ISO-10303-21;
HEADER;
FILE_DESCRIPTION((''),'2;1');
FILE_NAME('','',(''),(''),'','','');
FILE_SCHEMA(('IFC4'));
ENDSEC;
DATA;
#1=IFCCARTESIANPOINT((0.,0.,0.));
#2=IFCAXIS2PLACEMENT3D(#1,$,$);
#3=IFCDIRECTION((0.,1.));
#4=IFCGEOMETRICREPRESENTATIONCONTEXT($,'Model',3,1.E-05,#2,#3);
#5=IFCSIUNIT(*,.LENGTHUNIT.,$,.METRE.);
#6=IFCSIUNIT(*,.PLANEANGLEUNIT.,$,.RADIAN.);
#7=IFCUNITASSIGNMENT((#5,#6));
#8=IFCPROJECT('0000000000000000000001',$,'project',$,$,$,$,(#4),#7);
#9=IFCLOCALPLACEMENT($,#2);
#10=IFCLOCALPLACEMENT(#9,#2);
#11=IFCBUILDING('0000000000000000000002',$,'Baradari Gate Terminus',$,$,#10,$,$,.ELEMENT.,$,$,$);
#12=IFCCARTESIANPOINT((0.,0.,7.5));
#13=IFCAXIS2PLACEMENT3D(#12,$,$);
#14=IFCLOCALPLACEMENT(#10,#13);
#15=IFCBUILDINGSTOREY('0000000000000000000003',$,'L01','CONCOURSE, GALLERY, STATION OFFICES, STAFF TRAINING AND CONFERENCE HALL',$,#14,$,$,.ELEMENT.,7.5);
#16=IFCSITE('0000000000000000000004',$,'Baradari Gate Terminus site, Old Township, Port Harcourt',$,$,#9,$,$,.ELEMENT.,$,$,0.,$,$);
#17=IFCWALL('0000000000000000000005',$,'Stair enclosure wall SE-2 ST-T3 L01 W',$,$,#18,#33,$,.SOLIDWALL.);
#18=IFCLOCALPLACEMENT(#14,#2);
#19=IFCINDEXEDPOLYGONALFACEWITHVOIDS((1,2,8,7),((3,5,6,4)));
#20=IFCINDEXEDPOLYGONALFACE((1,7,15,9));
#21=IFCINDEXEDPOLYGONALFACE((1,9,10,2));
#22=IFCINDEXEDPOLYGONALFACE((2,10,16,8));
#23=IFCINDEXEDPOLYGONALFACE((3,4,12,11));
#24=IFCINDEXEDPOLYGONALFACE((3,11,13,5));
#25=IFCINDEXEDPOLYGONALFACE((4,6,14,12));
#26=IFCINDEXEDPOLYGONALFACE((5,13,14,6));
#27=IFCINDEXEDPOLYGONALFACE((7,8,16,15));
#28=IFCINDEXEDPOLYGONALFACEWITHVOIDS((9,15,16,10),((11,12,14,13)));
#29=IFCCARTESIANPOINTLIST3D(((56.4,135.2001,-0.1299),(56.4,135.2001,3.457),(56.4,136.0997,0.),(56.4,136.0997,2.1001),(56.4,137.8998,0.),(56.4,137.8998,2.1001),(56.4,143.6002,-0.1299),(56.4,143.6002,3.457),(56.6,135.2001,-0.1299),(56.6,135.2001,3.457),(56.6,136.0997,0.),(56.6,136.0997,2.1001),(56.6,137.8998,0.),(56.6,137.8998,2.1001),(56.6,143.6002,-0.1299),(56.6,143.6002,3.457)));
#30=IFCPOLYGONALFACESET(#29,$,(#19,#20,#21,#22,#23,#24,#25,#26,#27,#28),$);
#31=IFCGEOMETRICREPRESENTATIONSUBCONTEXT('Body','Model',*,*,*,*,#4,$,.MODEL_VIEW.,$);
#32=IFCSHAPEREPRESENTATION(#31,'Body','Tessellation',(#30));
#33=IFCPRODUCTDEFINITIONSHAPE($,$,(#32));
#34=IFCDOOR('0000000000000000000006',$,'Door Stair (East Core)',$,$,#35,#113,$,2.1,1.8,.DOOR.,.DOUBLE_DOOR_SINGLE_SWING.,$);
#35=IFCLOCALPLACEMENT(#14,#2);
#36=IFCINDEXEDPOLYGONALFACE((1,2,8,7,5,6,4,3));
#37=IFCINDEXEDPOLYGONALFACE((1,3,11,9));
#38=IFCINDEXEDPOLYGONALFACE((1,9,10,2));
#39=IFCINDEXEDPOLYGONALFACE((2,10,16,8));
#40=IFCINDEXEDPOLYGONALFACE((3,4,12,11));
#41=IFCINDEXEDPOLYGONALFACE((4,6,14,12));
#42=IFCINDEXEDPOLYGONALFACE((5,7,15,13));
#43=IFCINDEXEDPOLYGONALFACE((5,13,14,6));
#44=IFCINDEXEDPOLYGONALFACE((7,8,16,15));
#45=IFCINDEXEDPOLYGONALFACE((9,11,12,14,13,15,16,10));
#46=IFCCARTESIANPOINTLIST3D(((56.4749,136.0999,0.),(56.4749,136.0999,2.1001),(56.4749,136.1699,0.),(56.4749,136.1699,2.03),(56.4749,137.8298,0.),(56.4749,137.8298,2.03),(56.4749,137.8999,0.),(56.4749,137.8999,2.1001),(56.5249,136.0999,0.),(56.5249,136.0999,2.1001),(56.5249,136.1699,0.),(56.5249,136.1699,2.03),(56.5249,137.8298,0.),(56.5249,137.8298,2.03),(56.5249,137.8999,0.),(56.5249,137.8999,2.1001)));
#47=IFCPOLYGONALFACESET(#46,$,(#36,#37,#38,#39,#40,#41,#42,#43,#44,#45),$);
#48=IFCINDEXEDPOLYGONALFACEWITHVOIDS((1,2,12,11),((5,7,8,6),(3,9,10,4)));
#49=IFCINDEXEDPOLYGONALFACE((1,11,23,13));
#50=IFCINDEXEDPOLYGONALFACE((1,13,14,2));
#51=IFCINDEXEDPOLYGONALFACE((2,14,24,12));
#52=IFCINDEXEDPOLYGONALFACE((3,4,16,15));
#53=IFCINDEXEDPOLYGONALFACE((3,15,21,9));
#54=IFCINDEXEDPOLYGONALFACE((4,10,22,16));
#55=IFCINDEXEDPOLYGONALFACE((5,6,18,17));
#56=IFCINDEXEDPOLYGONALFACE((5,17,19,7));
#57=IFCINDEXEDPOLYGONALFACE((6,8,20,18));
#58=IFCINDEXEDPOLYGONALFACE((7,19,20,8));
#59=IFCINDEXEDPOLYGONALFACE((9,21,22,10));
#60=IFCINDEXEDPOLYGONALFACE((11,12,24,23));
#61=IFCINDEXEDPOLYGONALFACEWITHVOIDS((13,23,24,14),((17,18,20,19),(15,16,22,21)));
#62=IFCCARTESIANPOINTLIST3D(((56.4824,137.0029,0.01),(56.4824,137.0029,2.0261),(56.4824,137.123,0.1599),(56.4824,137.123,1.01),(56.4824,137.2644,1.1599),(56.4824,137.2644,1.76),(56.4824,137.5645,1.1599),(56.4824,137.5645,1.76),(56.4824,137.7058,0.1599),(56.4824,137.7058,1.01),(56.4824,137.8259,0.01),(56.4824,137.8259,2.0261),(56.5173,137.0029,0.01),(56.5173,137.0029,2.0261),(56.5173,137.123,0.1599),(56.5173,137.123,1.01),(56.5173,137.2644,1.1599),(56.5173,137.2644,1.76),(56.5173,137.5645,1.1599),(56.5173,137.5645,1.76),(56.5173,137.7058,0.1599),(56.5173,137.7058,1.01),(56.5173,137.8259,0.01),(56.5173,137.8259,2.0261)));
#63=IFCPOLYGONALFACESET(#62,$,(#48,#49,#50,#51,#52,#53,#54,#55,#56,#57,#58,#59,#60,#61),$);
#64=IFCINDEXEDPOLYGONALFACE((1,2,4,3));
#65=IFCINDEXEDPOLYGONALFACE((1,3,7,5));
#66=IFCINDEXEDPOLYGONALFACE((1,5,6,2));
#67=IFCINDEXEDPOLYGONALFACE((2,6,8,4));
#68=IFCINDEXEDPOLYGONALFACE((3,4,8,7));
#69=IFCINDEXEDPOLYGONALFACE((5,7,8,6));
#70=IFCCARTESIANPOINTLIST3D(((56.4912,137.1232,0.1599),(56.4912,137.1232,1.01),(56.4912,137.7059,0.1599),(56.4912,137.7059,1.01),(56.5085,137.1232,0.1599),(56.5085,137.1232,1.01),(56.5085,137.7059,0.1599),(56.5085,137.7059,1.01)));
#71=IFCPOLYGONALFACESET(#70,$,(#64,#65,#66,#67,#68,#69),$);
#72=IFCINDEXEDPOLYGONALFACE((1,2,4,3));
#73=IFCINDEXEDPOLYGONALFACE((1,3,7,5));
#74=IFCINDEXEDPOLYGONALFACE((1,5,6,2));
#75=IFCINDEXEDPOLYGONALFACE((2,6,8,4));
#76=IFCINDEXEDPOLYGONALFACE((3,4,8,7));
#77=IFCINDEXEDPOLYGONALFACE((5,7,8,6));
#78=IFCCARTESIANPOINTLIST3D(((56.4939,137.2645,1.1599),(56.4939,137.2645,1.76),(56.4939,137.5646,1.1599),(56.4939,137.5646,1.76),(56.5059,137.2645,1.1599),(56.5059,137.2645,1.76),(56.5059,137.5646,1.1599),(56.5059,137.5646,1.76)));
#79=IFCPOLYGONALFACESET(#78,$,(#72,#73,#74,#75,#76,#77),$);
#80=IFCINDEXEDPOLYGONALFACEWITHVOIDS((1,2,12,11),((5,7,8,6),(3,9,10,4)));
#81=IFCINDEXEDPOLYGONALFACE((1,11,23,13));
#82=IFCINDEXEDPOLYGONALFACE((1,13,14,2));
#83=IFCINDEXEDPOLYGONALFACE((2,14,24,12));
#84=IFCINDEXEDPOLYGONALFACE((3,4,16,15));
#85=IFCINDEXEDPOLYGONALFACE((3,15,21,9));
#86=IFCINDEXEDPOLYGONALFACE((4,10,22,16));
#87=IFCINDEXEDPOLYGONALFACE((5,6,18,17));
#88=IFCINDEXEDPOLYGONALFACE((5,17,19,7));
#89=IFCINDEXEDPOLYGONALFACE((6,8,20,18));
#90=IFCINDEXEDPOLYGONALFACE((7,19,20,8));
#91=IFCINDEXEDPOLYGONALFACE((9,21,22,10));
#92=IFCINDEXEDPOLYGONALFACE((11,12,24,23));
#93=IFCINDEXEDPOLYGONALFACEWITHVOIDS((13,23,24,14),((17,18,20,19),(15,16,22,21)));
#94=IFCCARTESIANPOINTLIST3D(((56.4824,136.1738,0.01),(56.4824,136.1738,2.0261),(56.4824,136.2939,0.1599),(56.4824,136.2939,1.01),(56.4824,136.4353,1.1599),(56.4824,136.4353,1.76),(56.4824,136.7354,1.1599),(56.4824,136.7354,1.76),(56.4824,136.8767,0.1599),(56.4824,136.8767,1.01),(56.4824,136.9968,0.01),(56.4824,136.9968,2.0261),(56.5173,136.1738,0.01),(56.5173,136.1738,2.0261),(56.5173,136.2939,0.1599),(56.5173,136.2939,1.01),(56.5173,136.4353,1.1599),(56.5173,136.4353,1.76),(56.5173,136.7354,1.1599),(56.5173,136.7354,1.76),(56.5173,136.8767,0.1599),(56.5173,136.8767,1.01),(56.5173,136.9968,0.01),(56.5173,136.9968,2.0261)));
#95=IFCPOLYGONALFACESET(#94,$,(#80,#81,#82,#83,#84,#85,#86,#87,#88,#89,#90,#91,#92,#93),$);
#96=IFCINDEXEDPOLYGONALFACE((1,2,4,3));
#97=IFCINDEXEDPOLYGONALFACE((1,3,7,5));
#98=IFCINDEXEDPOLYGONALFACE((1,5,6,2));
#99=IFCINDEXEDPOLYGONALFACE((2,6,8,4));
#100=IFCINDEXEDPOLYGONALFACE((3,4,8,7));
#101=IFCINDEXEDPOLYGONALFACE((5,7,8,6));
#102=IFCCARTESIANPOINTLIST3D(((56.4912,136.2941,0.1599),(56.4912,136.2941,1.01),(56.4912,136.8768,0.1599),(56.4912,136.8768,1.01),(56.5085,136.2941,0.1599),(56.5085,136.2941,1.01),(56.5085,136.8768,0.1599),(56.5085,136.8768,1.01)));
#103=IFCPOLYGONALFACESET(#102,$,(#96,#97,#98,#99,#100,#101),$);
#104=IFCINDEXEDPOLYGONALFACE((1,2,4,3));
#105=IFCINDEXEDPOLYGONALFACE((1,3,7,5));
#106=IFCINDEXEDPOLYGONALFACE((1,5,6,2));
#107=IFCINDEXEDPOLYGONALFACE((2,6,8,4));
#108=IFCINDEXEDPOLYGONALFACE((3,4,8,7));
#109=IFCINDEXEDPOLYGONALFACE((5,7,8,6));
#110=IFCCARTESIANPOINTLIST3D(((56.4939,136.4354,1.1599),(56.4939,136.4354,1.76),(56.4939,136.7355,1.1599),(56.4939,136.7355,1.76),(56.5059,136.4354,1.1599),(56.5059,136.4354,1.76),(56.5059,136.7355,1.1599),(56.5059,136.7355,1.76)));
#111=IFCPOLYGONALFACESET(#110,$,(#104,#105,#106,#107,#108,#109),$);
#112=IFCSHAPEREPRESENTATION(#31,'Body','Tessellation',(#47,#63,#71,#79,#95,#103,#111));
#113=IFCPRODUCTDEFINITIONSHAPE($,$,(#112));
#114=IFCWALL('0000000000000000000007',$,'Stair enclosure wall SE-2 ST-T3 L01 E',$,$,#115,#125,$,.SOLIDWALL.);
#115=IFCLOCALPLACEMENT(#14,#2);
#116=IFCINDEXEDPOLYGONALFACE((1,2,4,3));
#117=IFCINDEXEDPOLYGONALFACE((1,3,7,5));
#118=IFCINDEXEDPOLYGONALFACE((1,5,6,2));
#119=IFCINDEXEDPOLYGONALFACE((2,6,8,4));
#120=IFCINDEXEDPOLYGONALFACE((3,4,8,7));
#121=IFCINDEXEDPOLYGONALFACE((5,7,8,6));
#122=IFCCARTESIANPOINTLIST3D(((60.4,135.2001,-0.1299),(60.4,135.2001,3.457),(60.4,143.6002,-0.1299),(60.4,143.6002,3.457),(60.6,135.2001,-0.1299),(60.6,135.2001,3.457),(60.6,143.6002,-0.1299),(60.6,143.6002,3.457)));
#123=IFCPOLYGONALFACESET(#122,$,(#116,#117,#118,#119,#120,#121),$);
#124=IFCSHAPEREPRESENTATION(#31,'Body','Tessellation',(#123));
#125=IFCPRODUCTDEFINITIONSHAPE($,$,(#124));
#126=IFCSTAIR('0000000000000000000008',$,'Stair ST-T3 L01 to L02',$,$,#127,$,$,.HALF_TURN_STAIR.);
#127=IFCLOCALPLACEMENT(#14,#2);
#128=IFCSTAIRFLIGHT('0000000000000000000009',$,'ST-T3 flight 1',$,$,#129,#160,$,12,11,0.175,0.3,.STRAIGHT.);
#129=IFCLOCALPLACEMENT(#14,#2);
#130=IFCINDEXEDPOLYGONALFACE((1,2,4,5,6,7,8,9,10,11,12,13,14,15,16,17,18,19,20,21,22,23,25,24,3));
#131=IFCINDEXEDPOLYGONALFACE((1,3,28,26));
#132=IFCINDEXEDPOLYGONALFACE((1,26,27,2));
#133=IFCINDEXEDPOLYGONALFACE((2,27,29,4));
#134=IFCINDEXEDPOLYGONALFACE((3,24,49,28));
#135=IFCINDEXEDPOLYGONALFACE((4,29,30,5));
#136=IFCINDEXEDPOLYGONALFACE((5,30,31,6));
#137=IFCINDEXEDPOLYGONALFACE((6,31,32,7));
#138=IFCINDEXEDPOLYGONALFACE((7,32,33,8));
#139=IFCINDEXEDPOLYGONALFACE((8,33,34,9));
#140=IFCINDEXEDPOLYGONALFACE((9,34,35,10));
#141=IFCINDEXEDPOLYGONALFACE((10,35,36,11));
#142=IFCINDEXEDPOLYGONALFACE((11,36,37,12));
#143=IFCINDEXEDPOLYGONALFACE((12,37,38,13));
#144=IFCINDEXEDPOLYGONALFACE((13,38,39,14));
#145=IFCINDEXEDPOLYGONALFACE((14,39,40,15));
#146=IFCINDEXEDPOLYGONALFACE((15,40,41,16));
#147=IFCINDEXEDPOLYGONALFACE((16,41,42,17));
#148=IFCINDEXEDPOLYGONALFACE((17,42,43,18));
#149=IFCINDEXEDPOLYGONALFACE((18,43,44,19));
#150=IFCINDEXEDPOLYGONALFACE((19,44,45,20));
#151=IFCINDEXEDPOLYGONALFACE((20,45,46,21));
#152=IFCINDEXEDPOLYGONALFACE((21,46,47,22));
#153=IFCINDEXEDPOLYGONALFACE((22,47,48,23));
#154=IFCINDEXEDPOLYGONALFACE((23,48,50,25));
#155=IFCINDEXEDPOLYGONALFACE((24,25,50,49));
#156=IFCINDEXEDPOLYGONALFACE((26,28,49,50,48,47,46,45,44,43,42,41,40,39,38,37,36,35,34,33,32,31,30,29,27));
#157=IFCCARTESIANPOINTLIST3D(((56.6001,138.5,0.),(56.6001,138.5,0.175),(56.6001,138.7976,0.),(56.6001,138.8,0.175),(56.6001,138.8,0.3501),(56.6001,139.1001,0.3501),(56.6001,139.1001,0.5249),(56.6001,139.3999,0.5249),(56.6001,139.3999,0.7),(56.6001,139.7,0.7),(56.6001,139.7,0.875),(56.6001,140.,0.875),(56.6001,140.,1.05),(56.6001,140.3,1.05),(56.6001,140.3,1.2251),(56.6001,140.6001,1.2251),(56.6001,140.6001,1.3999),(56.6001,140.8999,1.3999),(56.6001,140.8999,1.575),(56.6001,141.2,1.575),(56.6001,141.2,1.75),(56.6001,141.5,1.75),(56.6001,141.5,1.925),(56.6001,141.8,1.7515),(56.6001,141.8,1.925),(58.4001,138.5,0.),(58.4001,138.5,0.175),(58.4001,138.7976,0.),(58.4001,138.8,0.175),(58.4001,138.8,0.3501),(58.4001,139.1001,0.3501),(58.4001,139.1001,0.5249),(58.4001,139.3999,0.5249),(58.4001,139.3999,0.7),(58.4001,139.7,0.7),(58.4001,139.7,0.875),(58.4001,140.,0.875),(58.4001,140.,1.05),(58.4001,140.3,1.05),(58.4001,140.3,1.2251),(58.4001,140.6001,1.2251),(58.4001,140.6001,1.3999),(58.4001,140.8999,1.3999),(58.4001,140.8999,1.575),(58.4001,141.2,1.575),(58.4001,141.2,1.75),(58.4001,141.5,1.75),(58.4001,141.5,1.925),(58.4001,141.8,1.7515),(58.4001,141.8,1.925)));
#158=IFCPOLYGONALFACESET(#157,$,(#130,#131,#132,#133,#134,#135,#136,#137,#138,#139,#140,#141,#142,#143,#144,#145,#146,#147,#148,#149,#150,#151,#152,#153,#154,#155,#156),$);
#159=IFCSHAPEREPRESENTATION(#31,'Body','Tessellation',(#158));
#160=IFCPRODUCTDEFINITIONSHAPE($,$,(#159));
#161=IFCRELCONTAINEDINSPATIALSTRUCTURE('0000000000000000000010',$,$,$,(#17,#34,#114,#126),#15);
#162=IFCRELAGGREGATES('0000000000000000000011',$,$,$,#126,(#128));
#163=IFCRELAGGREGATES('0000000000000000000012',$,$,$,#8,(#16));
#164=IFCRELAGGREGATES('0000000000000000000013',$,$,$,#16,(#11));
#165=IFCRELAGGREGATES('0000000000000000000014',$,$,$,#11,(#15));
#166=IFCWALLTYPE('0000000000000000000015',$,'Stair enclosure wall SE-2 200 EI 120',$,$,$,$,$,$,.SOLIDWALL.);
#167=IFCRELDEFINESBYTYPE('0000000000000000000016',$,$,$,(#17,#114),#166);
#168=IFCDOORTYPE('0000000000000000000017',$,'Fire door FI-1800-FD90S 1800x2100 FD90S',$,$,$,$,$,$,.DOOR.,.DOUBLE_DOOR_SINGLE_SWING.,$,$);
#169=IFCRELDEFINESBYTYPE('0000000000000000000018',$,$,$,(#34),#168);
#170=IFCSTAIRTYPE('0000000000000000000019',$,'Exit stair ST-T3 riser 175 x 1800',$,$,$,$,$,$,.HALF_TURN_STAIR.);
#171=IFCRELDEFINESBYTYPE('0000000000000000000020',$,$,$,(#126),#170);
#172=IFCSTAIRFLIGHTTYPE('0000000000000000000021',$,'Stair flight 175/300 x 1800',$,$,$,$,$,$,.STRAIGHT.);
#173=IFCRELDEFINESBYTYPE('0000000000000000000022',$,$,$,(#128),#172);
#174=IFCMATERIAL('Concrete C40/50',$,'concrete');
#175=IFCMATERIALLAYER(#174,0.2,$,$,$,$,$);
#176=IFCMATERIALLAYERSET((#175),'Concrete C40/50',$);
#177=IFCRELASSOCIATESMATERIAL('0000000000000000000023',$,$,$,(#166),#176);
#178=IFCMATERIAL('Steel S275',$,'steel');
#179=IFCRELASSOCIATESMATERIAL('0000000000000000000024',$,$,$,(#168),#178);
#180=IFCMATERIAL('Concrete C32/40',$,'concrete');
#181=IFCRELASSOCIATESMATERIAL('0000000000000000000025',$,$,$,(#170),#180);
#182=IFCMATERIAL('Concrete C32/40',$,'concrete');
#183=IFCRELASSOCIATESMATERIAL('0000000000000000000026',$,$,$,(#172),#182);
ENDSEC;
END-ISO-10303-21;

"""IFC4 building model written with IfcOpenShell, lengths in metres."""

from ifc_helpers import new_model, si_unit, direction, frame, frame_2d, origin, place, context, subcontext, project, spatial, polyline, rectangle, outline, extrude, material, layer, layer_set, type_object, element, fill, aggregate, save


model = new_model("IFC4")

# Units and contexts
model_context = context("Model", 3, precision=1e-05, world=origin(), true_north=direction((0.0, 1.0)))
body_context = subcontext(model_context, "Body", "Model", "MODEL_VIEW")
ifc_project = project(units=[si_unit("LENGTHUNIT", "METRE"), si_unit("PLANEANGLEUNIT", "RADIAN")], contexts=[model_context])

# Site, building, storey
site_placement = place(None, origin())
site = spatial("IfcSite", under=ifc_project, at=site_placement, Name="Baradari Gate Terminus site, Old Township, Port Harcourt", CompositionType="ELEMENT", RefElevation=0.0)
building_placement = place(site_placement, origin())
building = spatial("IfcBuilding", under=site, at=building_placement, Name="Baradari Gate Terminus", CompositionType="ELEMENT")
storey_placement = place(building_placement, frame((0.0, 0.0, 7.5)))
storey = spatial("IfcBuildingStorey", under=building, at=storey_placement, Name="L01", Description="CONCOURSE, GALLERY, STATION OFFICES, STAFF TRAINING AND CONFERENCE HALL", CompositionType="ELEMENT", Elevation=7.5)

# Wall, opening, door
ifc_material_1 = material(Name="Concrete C40/50", Category="concrete")
ifc_layer_1 = layer(ifc_material_1, 0.2)
ifc_layer_set_1 = layer_set([ifc_layer_1], Name="Concrete C40/50")
wall_type = type_object("IfcWallType", Name="Stair enclosure wall SE-2 200 EI 120", PredefinedType="SOLIDWALL", material=ifc_layer_set_1)
ifc_material_2 = material(Name="Steel S275", Category="steel")
door_type = type_object("IfcDoorType", Name="Fire door FI-1800-FD90S 1800x2100 FD90S", OperationType="DOUBLE_DOOR_SINGLE_SWING", PredefinedType="DOOR", material=ifc_material_2)
wall_1_placement = place(storey_placement, frame((56.5, 135.2, -0.1299), z_axis=(0.0, 0.0, 1.0), x_axis=(0.0, 1.0, 0.0)))
wall_1 = element("IfcWall", 1, at=wall_1_placement, inside=storey, type_object=wall_type, Name="Stair enclosure wall SE-2 ST-T3 L01 W", PredefinedType="SOLIDWALL", context=body_context, shape_type="SweptSolid", body=[
    extrude(rectangle(XDim=8.4001, YDim=0.2, at=frame_2d((4.2002, 0.0))), origin(), (0.0, 0.0, 1.0), 3.5869),
])
opening_1_placement = place(wall_1_placement, frame((0.8999, 0.0, 0.1299)))
opening_1 = element("IfcOpeningElement", 2, at=opening_1_placement, cuts=wall_1, PredefinedType="OPENING", context=body_context, shape_type="SweptSolid", body=[
    extrude(rectangle(XDim=1.8, YDim=2.1001, at=frame_2d((0.8999, 1.05))), frame((0.0, 0.1099, 0.0), z_axis=(0.0, -1.0, 0.0), x_axis=(1.0, 0.0, 0.0)), (0.0, 0.0, 1.0), 0.22),
])
door_1_placement = place(opening_1_placement, frame((1.8, 0.0, 0.0), z_axis=(0.0, 0.0, 1.0), x_axis=(-1.0, 0.0, 0.0)))
door_1 = element("IfcDoor", 3, at=door_1_placement, inside=storey, type_object=door_type, Name="Door Stair (East Core)", OperationType="DOUBLE_DOOR_SINGLE_SWING", OverallHeight=2.1, OverallWidth=1.8, PredefinedType="DOOR", context=body_context, shape_type="SweptSolid", body=[
    extrude(outline(polyline([(0.0, 0.0), (0.0701, 0.0), (0.0701, 2.03), (1.73, 2.03), (1.73, 0.0), (1.8, 0.0), (1.8, 2.1001), (0.0, 2.1001), (0.0, 0.0)])), frame((0.0, 0.0249, 0.0), z_axis=(0.0, -1.0, 0.0), x_axis=(1.0, 0.0, 0.0)), (0.0, 0.0, 1.0), 0.05),
    extrude(outline(polyline([(0.074, 0.01), (0.897, 0.01), (0.897, 2.0261), (0.074, 2.0261), (0.074, 0.01)]), holes=[polyline([(0.1941, 0.1599), (0.7769, 0.1599), (0.7769, 1.01), (0.1941, 1.01), (0.1941, 0.1599)]), polyline([(0.3354, 1.1599), (0.6355, 1.1599), (0.6355, 1.76), (0.3354, 1.76), (0.3354, 1.1599)])]), frame((0.0, 0.0173, 0.0), z_axis=(0.0, -1.0, 0.0), x_axis=(1.0, 0.0, 0.0)), (0.0, 0.0, 1.0), 0.0349),
    extrude(rectangle(XDim=0.5828, YDim=0.8501, at=frame_2d((0.4854, 0.585))), frame((0.0, 0.0085, 0.0), z_axis=(0.0, -1.0, 0.0), x_axis=(1.0, 0.0, 0.0)), (0.0, 0.0, 1.0), 0.0173),
    extrude(rectangle(XDim=0.3, YDim=0.6001, at=frame_2d((0.4854, 1.46))), frame((0.0, 0.0059, 0.0), z_axis=(0.0, -1.0, 0.0), x_axis=(1.0, 0.0, 0.0)), (0.0, 0.0, 1.0), 0.012),
    extrude(outline(polyline([(0.9031, 0.01), (1.7261, 0.01), (1.7261, 2.0261), (0.9031, 2.0261), (0.9031, 0.01)]), holes=[polyline([(1.0232, 0.1599), (1.606, 0.1599), (1.606, 1.01), (1.0232, 1.01), (1.0232, 0.1599)]), polyline([(1.1646, 1.1599), (1.4646, 1.1599), (1.4646, 1.76), (1.1646, 1.76), (1.1646, 1.1599)])]), frame((0.0, 0.0173, 0.0), z_axis=(0.0, -1.0, 0.0), x_axis=(1.0, 0.0, 0.0)), (0.0, 0.0, 1.0), 0.0349),
    extrude(rectangle(XDim=0.5828, YDim=0.8501, at=frame_2d((1.3145, 0.585))), frame((0.0, 0.0085, 0.0), z_axis=(0.0, -1.0, 0.0), x_axis=(1.0, 0.0, 0.0)), (0.0, 0.0, 1.0), 0.0173),
    extrude(rectangle(XDim=0.3, YDim=0.6001, at=frame_2d((1.3145, 1.46))), frame((0.0, 0.0059, 0.0), z_axis=(0.0, -1.0, 0.0), x_axis=(1.0, 0.0, 0.0)), (0.0, 0.0, 1.0), 0.012),
])
fill(opening_1, door_1)

# Wall
wall_2_placement = place(storey_placement, frame((60.5, 135.2, -0.1299), z_axis=(0.0, 0.0, 1.0), x_axis=(0.0, 1.0, 0.0)))
element("IfcWall", 4, at=wall_2_placement, inside=storey, type_object=wall_type, Name="Stair enclosure wall SE-2 ST-T3 L01 E", PredefinedType="SOLIDWALL", context=body_context, shape_type="SweptSolid", body=[
    extrude(rectangle(XDim=8.4001, YDim=0.2, at=frame_2d((4.2002, 0.0))), origin(), (0.0, 0.0, 1.0), 3.5869),
])

# Stair, stair flight
ifc_material_3 = material(Name="Concrete C32/40", Category="concrete")
stair_type = type_object("IfcStairType", Name="Exit stair ST-T3 riser 175 x 1800", PredefinedType="HALF_TURN_STAIR", material=ifc_material_3)
stair_placement = place(storey_placement, origin())
stair = element("IfcStair", 5, at=stair_placement, inside=storey, type_object=stair_type, Name="Stair ST-T3 L01 to L02", PredefinedType="HALF_TURN_STAIR")
ifc_material_4 = material(Name="Concrete C32/40", Category="concrete")
stair_flight_type = type_object("IfcStairFlightType", Name="Stair flight 175/300 x 1800", PredefinedType="STRAIGHT", material=ifc_material_4)
stair_flight_placement = place(storey_placement, frame((57.5, 138.5, 0.0), z_axis=(0.0, 0.0, 1.0), x_axis=(0.0, 1.0, 0.0)))
stair_flight = element("IfcStairFlight", 6, at=stair_flight_placement, type_object=stair_flight_type, Name="ST-T3 flight 1", NumberOfRisers=12, NumberOfTreads=11, PredefinedType="STRAIGHT", RiserHeight=0.175, TreadLength=0.3, context=body_context, shape_type="SweptSolid", body=[
    extrude(outline(polyline([(0.0, 0.0), (0.0, 0.175), (0.3, 0.175), (0.3, 0.3501), (0.6001, 0.3501), (0.6001, 0.5249), (0.8999, 0.5249), (0.8999, 0.7), (1.2, 0.7), (1.2, 0.875), (1.5, 0.875), (1.5, 1.05), (1.8, 1.05), (1.8, 1.2251), (2.1001, 1.2251), (2.1001, 1.3999), (2.3999, 1.3999), (2.3999, 1.575), (2.7, 1.575), (2.7, 1.75), (3.0, 1.75), (3.0, 1.925), (3.3, 1.925), (3.3, 2.1001), (3.3, 1.7515), (0.2976, 0.0), (0.0, 0.0)])), frame((0.0, 0.8999, 0.0), z_axis=(0.0, -1.0, 0.0), x_axis=(1.0, 0.0, 0.0)), (0.0, 0.0, 1.0), 1.8),
])
aggregate(stair, [stair_flight])

save(model, "model.ifc")
